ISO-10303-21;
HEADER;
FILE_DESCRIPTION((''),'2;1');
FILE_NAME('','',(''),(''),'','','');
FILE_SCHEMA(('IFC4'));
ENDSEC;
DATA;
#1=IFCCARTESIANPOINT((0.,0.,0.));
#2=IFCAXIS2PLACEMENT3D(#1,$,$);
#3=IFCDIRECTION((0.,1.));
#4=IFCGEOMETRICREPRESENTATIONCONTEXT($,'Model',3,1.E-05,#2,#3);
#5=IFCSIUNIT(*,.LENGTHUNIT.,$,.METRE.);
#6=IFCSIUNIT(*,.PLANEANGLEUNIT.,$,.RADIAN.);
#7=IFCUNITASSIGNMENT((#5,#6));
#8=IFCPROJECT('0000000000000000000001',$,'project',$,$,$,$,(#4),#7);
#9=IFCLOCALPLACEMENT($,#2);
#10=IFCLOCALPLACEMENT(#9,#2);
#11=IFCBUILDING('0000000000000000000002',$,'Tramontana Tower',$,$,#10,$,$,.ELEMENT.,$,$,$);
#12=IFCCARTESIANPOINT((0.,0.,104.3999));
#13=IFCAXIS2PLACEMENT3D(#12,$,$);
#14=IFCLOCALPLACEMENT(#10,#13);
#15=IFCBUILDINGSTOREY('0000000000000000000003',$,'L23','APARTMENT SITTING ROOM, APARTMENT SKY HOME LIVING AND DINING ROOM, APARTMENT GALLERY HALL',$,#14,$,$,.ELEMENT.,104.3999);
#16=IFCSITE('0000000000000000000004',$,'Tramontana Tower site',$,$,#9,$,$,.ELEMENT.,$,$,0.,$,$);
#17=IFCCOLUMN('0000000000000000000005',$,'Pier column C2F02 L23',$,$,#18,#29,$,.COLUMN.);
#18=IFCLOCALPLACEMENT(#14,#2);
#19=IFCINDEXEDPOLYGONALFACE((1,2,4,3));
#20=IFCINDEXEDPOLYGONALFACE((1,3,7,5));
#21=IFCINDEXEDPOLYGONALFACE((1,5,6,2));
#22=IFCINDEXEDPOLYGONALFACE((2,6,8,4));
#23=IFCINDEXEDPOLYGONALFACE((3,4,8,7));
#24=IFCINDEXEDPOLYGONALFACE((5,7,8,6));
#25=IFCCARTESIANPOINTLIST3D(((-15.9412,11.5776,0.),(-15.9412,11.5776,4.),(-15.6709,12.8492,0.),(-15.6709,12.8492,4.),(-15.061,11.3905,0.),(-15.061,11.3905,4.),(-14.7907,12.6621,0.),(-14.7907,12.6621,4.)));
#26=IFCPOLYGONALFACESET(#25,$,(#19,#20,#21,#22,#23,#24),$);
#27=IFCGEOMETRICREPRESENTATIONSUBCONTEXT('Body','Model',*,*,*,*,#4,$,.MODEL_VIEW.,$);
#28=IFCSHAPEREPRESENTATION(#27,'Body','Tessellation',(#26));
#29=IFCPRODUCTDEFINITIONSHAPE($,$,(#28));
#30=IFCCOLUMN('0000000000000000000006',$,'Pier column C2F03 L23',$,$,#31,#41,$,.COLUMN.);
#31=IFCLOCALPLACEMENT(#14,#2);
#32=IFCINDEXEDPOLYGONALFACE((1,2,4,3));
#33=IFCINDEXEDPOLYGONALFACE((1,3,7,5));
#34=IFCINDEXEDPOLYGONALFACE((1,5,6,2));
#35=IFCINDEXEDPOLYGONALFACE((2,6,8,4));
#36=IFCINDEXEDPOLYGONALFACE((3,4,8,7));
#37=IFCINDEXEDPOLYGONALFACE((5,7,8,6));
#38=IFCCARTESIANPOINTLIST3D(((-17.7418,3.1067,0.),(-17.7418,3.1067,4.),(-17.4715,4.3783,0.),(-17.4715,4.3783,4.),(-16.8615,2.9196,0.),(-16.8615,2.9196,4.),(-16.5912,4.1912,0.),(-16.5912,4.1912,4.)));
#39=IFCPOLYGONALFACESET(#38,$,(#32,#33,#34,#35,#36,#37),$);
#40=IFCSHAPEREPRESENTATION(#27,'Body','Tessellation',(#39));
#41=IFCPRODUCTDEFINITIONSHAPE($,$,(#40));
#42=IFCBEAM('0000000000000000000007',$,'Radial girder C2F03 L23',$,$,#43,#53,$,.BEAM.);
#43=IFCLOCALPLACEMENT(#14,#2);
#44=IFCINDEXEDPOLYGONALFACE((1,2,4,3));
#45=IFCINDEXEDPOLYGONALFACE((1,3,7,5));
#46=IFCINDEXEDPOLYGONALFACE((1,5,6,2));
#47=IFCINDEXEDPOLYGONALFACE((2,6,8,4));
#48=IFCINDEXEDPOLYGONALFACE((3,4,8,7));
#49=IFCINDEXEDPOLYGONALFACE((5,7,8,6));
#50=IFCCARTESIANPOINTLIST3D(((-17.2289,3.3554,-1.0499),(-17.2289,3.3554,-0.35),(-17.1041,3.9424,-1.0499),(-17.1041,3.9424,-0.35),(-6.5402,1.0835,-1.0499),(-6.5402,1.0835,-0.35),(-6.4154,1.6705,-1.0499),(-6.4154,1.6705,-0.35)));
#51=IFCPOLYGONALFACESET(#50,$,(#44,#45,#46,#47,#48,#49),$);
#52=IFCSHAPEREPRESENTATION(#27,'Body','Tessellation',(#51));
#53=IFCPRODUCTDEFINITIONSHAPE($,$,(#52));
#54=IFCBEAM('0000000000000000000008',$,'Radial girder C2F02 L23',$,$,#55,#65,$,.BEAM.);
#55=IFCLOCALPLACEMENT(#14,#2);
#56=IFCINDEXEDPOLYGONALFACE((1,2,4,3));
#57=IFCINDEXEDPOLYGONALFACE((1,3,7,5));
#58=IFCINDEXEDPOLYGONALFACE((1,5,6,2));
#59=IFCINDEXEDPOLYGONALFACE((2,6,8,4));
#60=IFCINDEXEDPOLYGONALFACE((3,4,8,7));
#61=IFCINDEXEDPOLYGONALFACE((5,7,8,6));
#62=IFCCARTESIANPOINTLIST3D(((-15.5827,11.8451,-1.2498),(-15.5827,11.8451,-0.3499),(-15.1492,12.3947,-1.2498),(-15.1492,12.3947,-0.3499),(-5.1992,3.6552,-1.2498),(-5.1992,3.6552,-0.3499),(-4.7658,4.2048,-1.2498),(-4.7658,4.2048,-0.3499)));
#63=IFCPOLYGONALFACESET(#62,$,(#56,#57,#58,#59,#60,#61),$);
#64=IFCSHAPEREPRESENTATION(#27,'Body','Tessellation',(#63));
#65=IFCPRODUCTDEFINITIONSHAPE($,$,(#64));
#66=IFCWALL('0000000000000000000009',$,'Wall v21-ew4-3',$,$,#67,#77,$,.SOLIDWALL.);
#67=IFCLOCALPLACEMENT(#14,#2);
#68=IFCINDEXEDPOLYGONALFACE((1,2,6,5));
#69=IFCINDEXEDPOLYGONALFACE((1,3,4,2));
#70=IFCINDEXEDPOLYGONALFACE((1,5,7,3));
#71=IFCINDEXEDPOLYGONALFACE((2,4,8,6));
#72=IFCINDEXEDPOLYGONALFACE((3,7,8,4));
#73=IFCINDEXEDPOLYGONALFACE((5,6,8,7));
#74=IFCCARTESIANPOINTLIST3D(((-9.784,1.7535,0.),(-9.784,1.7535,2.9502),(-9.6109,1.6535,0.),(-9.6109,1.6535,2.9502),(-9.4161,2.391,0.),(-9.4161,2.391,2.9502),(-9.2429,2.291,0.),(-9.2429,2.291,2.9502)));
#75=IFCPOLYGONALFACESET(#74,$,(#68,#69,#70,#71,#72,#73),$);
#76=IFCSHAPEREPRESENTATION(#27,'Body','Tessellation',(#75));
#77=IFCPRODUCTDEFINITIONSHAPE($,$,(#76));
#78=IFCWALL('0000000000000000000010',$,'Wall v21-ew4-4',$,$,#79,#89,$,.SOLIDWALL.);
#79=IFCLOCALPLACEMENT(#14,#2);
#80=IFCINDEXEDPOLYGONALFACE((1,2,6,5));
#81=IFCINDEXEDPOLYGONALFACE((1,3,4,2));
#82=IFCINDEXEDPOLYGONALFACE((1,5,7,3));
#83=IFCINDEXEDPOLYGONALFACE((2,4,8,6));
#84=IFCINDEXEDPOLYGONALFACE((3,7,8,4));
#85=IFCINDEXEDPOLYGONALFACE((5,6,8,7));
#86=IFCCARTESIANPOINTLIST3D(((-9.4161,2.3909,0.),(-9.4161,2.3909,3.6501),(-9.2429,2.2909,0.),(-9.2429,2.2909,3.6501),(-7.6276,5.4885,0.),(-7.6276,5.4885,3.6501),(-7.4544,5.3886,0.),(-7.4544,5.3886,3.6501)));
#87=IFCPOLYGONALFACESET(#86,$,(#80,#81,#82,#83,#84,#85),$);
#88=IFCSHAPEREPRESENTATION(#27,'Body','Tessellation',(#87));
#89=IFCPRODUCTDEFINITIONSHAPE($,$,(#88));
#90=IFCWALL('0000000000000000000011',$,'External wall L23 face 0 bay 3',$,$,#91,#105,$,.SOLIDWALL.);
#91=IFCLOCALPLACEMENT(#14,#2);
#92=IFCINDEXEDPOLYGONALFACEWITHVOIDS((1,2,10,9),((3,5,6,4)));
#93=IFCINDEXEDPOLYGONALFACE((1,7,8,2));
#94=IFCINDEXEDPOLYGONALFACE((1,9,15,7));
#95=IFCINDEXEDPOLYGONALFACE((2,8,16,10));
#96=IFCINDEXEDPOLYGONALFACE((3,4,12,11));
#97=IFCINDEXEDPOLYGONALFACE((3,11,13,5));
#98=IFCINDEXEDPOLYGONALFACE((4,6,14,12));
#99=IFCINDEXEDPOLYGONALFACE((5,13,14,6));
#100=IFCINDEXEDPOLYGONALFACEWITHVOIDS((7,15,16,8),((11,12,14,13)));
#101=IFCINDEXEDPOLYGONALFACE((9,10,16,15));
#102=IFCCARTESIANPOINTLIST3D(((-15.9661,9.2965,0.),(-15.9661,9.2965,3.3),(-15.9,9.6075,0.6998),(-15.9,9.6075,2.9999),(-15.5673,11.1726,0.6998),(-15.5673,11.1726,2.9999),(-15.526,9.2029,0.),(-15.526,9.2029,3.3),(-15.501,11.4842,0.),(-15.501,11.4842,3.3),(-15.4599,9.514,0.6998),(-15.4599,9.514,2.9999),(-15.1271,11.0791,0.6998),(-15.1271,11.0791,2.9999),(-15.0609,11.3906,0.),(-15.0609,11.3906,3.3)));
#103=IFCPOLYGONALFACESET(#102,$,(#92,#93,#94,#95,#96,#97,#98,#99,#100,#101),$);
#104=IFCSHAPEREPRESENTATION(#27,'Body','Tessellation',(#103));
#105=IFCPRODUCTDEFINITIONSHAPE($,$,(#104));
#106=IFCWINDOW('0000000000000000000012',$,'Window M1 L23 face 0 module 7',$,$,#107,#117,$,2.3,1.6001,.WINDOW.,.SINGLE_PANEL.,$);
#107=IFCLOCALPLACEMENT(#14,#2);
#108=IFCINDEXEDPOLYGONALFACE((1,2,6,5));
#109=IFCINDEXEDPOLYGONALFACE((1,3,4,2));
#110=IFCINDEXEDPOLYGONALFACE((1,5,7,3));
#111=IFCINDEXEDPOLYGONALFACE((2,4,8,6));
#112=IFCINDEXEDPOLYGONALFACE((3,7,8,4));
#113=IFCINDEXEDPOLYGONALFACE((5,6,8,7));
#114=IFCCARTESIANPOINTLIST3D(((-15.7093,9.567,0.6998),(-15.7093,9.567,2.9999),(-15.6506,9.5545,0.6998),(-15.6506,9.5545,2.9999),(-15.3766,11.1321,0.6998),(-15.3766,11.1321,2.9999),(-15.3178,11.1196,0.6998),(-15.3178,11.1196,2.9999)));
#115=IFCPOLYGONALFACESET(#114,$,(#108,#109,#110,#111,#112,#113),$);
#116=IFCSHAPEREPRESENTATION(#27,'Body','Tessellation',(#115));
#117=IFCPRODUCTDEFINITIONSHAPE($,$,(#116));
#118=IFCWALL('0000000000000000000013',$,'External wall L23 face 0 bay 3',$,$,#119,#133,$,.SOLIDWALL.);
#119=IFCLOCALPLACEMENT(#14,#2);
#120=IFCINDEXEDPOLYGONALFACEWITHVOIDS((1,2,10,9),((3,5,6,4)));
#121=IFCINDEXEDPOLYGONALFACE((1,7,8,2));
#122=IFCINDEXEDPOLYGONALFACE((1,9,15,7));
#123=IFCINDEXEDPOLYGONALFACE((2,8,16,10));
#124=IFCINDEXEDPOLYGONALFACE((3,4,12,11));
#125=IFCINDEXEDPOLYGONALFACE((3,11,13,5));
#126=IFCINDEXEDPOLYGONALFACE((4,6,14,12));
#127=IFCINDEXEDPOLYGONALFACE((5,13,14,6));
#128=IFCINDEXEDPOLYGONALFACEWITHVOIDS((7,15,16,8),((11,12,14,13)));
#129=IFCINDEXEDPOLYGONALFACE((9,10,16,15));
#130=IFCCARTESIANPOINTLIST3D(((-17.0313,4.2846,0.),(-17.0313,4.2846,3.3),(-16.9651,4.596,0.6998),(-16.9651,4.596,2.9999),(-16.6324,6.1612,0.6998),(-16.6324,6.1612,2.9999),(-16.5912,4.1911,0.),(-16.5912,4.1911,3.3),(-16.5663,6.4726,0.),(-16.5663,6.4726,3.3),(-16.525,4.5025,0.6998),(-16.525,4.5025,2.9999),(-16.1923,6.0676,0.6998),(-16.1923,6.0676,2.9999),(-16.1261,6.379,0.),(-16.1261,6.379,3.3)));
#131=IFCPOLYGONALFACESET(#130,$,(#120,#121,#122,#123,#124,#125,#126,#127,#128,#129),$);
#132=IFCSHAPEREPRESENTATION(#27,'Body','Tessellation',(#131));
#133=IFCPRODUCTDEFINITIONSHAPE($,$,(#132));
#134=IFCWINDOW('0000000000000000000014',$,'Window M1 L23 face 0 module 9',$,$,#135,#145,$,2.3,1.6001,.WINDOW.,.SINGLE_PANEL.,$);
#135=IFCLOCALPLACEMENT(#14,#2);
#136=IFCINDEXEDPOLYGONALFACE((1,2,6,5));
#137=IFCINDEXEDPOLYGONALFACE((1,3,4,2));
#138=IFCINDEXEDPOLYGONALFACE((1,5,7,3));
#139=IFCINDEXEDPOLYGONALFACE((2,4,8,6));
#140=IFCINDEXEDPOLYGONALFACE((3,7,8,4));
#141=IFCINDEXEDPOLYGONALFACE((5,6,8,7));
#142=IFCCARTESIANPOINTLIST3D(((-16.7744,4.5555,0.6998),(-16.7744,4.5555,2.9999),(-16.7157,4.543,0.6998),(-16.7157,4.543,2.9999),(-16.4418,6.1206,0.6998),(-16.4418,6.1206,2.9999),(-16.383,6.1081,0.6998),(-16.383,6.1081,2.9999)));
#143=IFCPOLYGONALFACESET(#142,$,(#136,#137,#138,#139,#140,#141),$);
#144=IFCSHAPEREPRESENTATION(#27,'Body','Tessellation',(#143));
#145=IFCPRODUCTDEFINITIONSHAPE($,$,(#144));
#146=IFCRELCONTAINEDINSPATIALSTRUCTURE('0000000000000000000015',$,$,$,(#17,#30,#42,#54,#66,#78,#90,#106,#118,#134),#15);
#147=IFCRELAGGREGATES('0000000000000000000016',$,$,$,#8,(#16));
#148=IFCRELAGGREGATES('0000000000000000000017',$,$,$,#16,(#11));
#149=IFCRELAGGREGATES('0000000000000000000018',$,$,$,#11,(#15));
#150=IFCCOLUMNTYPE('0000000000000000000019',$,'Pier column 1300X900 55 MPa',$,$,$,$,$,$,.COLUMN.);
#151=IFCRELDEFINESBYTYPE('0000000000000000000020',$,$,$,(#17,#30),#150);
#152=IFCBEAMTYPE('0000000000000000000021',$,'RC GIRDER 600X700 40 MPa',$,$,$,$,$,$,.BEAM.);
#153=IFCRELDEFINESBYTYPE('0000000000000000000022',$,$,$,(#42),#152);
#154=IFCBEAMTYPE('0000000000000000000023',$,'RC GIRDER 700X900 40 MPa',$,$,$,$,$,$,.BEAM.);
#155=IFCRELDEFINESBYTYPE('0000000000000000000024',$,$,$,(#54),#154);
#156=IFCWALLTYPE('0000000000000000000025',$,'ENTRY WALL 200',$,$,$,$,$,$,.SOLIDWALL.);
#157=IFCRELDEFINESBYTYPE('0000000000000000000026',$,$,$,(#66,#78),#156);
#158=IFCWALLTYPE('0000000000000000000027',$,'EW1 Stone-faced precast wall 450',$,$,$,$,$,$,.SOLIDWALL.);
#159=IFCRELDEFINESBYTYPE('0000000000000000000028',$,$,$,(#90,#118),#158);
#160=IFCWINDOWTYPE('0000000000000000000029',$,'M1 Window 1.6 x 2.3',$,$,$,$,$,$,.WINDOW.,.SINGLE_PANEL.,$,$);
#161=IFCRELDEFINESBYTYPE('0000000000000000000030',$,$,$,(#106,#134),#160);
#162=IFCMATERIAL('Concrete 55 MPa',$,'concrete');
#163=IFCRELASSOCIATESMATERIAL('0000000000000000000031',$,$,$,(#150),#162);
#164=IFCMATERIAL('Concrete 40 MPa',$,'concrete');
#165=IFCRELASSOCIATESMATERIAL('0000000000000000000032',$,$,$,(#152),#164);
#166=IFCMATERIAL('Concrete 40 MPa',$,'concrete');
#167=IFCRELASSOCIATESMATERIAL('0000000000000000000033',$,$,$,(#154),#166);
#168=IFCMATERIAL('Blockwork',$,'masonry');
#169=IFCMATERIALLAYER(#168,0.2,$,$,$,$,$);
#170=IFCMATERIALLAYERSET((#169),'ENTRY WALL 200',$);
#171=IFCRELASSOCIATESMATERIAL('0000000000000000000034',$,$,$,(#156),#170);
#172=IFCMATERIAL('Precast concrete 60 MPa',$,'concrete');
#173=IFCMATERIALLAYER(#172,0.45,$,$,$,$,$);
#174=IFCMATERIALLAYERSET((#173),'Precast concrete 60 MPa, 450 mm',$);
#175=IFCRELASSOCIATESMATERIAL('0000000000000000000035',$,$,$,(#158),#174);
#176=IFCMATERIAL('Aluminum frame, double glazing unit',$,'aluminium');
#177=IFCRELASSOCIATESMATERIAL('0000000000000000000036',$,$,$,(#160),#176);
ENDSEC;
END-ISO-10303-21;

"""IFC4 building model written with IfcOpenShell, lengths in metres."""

from ifc_helpers import new_model, si_unit, direction, frame, frame_2d, origin, origin_2d, place, context, subcontext, project, spatial, rectangle, extrude, material, layer, layer_set, material_profile, profile_set, type_object, element, fill, save


model = new_model("IFC4")

# Units and contexts
model_context = context("Model", 3, precision=1e-05, world=origin(), true_north=direction((0.0, 1.0)))
body_context = subcontext(model_context, "Body", "Model", "MODEL_VIEW")
ifc_project = project(units=[si_unit("LENGTHUNIT", "METRE"), si_unit("PLANEANGLEUNIT", "RADIAN")], contexts=[model_context])

# Site, building, storey
site_placement = place(None, origin())
site = spatial("IfcSite", under=ifc_project, at=site_placement, Name="Tramontana Tower site", CompositionType="ELEMENT", RefElevation=0.0)
building_placement = place(site_placement, origin())
building = spatial("IfcBuilding", under=site, at=building_placement, Name="Tramontana Tower", CompositionType="ELEMENT")
storey_placement = place(building_placement, frame((0.0, 0.0, 104.3999)))
storey = spatial("IfcBuildingStorey", under=building, at=storey_placement, Name="L23", Description="APARTMENT SITTING ROOM, APARTMENT SKY HOME LIVING AND DINING ROOM, APARTMENT GALLERY HALL", CompositionType="ELEMENT", Elevation=104.3999)

# Columns
ifc_material_1 = material(Name="Concrete 55 MPa", Category="concrete")
ifc_material_profile_1 = material_profile(ifc_material_1, rectangle(XDim=1.3, YDim=0.8999, at=origin_2d()), Name="Pier column 1300X900 55 MPa")
ifc_profile_set_1 = profile_set([ifc_material_profile_1], Name="Concrete 55 MPa")
column_type = type_object("IfcColumnType", Name="Pier column 1300X900 55 MPa", PredefinedType="COLUMN", material=ifc_profile_set_1)
for number, where, z_axis, x_axis, name in (
    (1, (-15.366, 12.1199, 0.0), (0.0, 0.0, 1.0), (-0.207912, -0.978148, 0.0), "Pier column C2F02 L23"),
    (2, (-17.1665, 3.6489, 0.0), (0.0, 0.0, 1.0), (-0.207912, -0.978148, 0.0), "Pier column C2F03 L23"),
):
    element("IfcColumn", number, at=place(storey_placement, frame(where, z_axis=z_axis, x_axis=x_axis)), inside=storey, type_object=column_type, Name=name, PredefinedType="COLUMN", context=body_context, shape_type="SweptSolid", body=[
        extrude(rectangle(XDim=1.3, YDim=0.8999, at=origin_2d()), origin(), (0.0, 0.0, 1.0), 4.0),
    ])

# Beams
ifc_material_2 = material(Name="Concrete 40 MPa", Category="concrete")
ifc_material_profile_2 = material_profile(ifc_material_2, rectangle(XDim=0.6001, YDim=0.7, at=origin_2d()), Name="RC GIRDER 600X700 40 MPa")
ifc_profile_set_2 = profile_set([ifc_material_profile_2], Name="Concrete 40 MPa")
beam_type_1 = type_object("IfcBeamType", Name="RC GIRDER 600X700 40 MPa", PredefinedType="BEAM", material=ifc_profile_set_2)
beam_1_placement = place(storey_placement, frame((-17.1665, 3.6489, -0.7), z_axis=(0.978147, -0.207913, 0.0), x_axis=(0.207913, 0.978147, 0.0)))
element("IfcBeam", 3, at=beam_1_placement, inside=storey, type_object=beam_type_1, Name="Radial girder C2F03 L23", PredefinedType="BEAM", context=body_context, shape_type="SweptSolid", body=[
    extrude(rectangle(XDim=0.6001, YDim=0.7, at=origin_2d()), origin(), (0.0, 0.0, 1.0), 10.9275),
])
ifc_material_3 = material(Name="Concrete 40 MPa", Category="concrete")
ifc_material_profile_3 = material_profile(ifc_material_3, rectangle(XDim=0.7, YDim=0.8999, at=origin_2d()), Name="RC GIRDER 700X900 40 MPa")
ifc_profile_set_3 = profile_set([ifc_material_profile_3], Name="Concrete 40 MPa")
beam_type_2 = type_object("IfcBeamType", Name="RC GIRDER 700X900 40 MPa", PredefinedType="BEAM", material=ifc_profile_set_3)
beam_2_placement = place(storey_placement, frame((-15.366, 12.1199, -0.7998), z_axis=(0.785162, -0.61929, 0.0), x_axis=(0.61929, 0.785162, 0.0)))
element("IfcBeam", 4, at=beam_2_placement, inside=storey, type_object=beam_type_2, Name="Radial girder C2F02 L23", PredefinedType="BEAM", context=body_context, shape_type="SweptSolid", body=[
    extrude(rectangle(XDim=0.7, YDim=0.8999, at=origin_2d()), origin(), (0.0, 0.0, 1.0), 13.2246),
])

# Walls
ifc_material_4 = material(Name="Blockwork", Category="masonry")
ifc_layer_1 = layer(ifc_material_4, 0.2)
ifc_layer_set_1 = layer_set([ifc_layer_1], Name="ENTRY WALL 200")
wall_type_1 = type_object("IfcWallType", Name="ENTRY WALL 200", PredefinedType="SOLIDWALL", material=ifc_layer_set_1)
wall_1_placement = place(storey_placement, frame((-9.6975, 1.7034, 0.0), z_axis=(0.0, 0.0, 1.0), x_axis=(0.499885, 0.866092, 0.0)))
element("IfcWall", 5, at=wall_1_placement, inside=storey, type_object=wall_type_1, Name="Wall v21-ew4-3", PredefinedType="SOLIDWALL", context=body_context, shape_type="SweptSolid", body=[
    extrude(rectangle(XDim=0.7361, YDim=0.2, at=frame_2d((0.3682, 0.0))), origin(), (0.0, 0.0, 1.0), 2.9502),
])
wall_2_placement = place(storey_placement, frame((-9.3296, 2.3408, 0.0), z_axis=(0.0, 0.0, 1.0), x_axis=(0.50003, 0.866008, 0.0)))
element("IfcWall", 6, at=wall_2_placement, inside=storey, type_object=wall_type_1, Name="Wall v21-ew4-4", PredefinedType="SOLIDWALL", context=body_context, shape_type="SweptSolid", body=[
    extrude(rectangle(XDim=3.5769, YDim=0.2, at=frame_2d((1.7886, 0.0))), origin(), (0.0, 0.0, 1.0), 3.6501),
])

# Walls, openings, windows
ifc_material_5 = material(Name="Precast concrete 60 MPa", Category="concrete")
ifc_layer_2 = layer(ifc_material_5, 0.45)
ifc_layer_set_2 = layer_set([ifc_layer_2], Name="Precast concrete 60 MPa, 450 mm")
wall_type_2 = type_object("IfcWallType", Name="EW1 Stone-faced precast wall 450", PredefinedType="SOLIDWALL", material=ifc_layer_set_2)
wall_3_placement = place(storey_placement, frame((-15.281, 11.4373, 0.0), z_axis=(0.0, 0.0, 1.0), x_axis=(-0.207941, -0.978141, 0.0)))
wall_3 = element("IfcWall", 7, at=wall_3_placement, inside=storey, type_object=wall_type_2, Name="External wall L23 face 0 bay 3", PredefinedType="SOLIDWALL", context=body_context, shape_type="SweptSolid", body=[
    extrude(rectangle(XDim=2.2366, YDim=0.45, at=frame_2d((1.1182, 0.0))), origin(), (0.0, 0.0, 1.0), 3.3),
])
opening_1_placement = place(wall_3_placement, frame((0.3184, 0.0, 0.7)))
opening_1 = element("IfcOpeningElement", 8, at=opening_1_placement, cuts=wall_3, PredefinedType="OPENING", context=body_context, shape_type="SweptSolid", body=[
    extrude(rectangle(XDim=1.6001, YDim=2.3, at=frame_2d((0.8, 1.1499))), frame((0.0, 0.2349, 0.0), z_axis=(0.0, -1.0, 0.0), x_axis=(1.0, 0.0, 0.0)), (0.0, 0.0, 1.0), 0.47),
])
ifc_material_6 = material(Name="Aluminum frame, double glazing unit", Category="aluminium")
window_type = type_object("IfcWindowType", Name="M1 Window 1.6 x 2.3", PartitioningType="SINGLE_PANEL", PredefinedType="WINDOW", material=ifc_material_6)
window_1_placement = place(opening_1_placement, origin())
window_1 = element("IfcWindow", 9, at=window_1_placement, inside=storey, type_object=window_type, Name="Window M1 L23 face 0 module 7", OverallHeight=2.3, OverallWidth=1.6001, PartitioningType="SINGLE_PANEL", PredefinedType="WINDOW", context=body_context, shape_type="SweptSolid", body=[
    extrude(rectangle(XDim=1.6001, YDim=2.3, at=frame_2d((0.8, 1.1499))), frame((0.0, 0.03, 0.0), z_axis=(0.0, -1.0, 0.0), x_axis=(1.0, 0.0, 0.0)), (0.0, 0.0, 1.0), 0.0601),
])
fill(opening_1, window_1)
wall_4_placement = place(storey_placement, frame((-16.3462, 6.4258, 0.0), z_axis=(0.0, 0.0, 1.0), x_axis=(-0.207919, -0.978146, 0.0)))
wall_4 = element("IfcWall", 10, at=wall_4_placement, inside=storey, type_object=wall_type_2, Name="External wall L23 face 0 bay 3", PredefinedType="SOLIDWALL", context=body_context, shape_type="SweptSolid", body=[
    extrude(rectangle(XDim=2.2368, YDim=0.45, at=frame_2d((1.1184, 0.0))), origin(), (0.0, 0.0, 1.0), 3.3),
])
opening_2_placement = place(wall_4_placement, frame((0.3184, 0.0, 0.7)))
opening_2 = element("IfcOpeningElement", 11, at=opening_2_placement, cuts=wall_4, PredefinedType="OPENING", context=body_context, shape_type="SweptSolid", body=[
    extrude(rectangle(XDim=1.6001, YDim=2.3, at=frame_2d((0.8, 1.1499))), frame((0.0, 0.2349, 0.0), z_axis=(0.0, -1.0, 0.0), x_axis=(1.0, 0.0, 0.0)), (0.0, 0.0, 1.0), 0.47),
])
window_2_placement = place(opening_2_placement, origin())
window_2 = element("IfcWindow", 12, at=window_2_placement, inside=storey, type_object=window_type, Name="Window M1 L23 face 0 module 9", OverallHeight=2.3, OverallWidth=1.6001, PartitioningType="SINGLE_PANEL", PredefinedType="WINDOW", context=body_context, shape_type="SweptSolid", body=[
    extrude(rectangle(XDim=1.6001, YDim=2.3, at=frame_2d((0.8, 1.1499))), frame((0.0, 0.03, 0.0), z_axis=(0.0, -1.0, 0.0), x_axis=(1.0, 0.0, 0.0)), (0.0, 0.0, 1.0), 0.0601),
])
fill(opening_2, window_2)

save(model, "model.ifc")
